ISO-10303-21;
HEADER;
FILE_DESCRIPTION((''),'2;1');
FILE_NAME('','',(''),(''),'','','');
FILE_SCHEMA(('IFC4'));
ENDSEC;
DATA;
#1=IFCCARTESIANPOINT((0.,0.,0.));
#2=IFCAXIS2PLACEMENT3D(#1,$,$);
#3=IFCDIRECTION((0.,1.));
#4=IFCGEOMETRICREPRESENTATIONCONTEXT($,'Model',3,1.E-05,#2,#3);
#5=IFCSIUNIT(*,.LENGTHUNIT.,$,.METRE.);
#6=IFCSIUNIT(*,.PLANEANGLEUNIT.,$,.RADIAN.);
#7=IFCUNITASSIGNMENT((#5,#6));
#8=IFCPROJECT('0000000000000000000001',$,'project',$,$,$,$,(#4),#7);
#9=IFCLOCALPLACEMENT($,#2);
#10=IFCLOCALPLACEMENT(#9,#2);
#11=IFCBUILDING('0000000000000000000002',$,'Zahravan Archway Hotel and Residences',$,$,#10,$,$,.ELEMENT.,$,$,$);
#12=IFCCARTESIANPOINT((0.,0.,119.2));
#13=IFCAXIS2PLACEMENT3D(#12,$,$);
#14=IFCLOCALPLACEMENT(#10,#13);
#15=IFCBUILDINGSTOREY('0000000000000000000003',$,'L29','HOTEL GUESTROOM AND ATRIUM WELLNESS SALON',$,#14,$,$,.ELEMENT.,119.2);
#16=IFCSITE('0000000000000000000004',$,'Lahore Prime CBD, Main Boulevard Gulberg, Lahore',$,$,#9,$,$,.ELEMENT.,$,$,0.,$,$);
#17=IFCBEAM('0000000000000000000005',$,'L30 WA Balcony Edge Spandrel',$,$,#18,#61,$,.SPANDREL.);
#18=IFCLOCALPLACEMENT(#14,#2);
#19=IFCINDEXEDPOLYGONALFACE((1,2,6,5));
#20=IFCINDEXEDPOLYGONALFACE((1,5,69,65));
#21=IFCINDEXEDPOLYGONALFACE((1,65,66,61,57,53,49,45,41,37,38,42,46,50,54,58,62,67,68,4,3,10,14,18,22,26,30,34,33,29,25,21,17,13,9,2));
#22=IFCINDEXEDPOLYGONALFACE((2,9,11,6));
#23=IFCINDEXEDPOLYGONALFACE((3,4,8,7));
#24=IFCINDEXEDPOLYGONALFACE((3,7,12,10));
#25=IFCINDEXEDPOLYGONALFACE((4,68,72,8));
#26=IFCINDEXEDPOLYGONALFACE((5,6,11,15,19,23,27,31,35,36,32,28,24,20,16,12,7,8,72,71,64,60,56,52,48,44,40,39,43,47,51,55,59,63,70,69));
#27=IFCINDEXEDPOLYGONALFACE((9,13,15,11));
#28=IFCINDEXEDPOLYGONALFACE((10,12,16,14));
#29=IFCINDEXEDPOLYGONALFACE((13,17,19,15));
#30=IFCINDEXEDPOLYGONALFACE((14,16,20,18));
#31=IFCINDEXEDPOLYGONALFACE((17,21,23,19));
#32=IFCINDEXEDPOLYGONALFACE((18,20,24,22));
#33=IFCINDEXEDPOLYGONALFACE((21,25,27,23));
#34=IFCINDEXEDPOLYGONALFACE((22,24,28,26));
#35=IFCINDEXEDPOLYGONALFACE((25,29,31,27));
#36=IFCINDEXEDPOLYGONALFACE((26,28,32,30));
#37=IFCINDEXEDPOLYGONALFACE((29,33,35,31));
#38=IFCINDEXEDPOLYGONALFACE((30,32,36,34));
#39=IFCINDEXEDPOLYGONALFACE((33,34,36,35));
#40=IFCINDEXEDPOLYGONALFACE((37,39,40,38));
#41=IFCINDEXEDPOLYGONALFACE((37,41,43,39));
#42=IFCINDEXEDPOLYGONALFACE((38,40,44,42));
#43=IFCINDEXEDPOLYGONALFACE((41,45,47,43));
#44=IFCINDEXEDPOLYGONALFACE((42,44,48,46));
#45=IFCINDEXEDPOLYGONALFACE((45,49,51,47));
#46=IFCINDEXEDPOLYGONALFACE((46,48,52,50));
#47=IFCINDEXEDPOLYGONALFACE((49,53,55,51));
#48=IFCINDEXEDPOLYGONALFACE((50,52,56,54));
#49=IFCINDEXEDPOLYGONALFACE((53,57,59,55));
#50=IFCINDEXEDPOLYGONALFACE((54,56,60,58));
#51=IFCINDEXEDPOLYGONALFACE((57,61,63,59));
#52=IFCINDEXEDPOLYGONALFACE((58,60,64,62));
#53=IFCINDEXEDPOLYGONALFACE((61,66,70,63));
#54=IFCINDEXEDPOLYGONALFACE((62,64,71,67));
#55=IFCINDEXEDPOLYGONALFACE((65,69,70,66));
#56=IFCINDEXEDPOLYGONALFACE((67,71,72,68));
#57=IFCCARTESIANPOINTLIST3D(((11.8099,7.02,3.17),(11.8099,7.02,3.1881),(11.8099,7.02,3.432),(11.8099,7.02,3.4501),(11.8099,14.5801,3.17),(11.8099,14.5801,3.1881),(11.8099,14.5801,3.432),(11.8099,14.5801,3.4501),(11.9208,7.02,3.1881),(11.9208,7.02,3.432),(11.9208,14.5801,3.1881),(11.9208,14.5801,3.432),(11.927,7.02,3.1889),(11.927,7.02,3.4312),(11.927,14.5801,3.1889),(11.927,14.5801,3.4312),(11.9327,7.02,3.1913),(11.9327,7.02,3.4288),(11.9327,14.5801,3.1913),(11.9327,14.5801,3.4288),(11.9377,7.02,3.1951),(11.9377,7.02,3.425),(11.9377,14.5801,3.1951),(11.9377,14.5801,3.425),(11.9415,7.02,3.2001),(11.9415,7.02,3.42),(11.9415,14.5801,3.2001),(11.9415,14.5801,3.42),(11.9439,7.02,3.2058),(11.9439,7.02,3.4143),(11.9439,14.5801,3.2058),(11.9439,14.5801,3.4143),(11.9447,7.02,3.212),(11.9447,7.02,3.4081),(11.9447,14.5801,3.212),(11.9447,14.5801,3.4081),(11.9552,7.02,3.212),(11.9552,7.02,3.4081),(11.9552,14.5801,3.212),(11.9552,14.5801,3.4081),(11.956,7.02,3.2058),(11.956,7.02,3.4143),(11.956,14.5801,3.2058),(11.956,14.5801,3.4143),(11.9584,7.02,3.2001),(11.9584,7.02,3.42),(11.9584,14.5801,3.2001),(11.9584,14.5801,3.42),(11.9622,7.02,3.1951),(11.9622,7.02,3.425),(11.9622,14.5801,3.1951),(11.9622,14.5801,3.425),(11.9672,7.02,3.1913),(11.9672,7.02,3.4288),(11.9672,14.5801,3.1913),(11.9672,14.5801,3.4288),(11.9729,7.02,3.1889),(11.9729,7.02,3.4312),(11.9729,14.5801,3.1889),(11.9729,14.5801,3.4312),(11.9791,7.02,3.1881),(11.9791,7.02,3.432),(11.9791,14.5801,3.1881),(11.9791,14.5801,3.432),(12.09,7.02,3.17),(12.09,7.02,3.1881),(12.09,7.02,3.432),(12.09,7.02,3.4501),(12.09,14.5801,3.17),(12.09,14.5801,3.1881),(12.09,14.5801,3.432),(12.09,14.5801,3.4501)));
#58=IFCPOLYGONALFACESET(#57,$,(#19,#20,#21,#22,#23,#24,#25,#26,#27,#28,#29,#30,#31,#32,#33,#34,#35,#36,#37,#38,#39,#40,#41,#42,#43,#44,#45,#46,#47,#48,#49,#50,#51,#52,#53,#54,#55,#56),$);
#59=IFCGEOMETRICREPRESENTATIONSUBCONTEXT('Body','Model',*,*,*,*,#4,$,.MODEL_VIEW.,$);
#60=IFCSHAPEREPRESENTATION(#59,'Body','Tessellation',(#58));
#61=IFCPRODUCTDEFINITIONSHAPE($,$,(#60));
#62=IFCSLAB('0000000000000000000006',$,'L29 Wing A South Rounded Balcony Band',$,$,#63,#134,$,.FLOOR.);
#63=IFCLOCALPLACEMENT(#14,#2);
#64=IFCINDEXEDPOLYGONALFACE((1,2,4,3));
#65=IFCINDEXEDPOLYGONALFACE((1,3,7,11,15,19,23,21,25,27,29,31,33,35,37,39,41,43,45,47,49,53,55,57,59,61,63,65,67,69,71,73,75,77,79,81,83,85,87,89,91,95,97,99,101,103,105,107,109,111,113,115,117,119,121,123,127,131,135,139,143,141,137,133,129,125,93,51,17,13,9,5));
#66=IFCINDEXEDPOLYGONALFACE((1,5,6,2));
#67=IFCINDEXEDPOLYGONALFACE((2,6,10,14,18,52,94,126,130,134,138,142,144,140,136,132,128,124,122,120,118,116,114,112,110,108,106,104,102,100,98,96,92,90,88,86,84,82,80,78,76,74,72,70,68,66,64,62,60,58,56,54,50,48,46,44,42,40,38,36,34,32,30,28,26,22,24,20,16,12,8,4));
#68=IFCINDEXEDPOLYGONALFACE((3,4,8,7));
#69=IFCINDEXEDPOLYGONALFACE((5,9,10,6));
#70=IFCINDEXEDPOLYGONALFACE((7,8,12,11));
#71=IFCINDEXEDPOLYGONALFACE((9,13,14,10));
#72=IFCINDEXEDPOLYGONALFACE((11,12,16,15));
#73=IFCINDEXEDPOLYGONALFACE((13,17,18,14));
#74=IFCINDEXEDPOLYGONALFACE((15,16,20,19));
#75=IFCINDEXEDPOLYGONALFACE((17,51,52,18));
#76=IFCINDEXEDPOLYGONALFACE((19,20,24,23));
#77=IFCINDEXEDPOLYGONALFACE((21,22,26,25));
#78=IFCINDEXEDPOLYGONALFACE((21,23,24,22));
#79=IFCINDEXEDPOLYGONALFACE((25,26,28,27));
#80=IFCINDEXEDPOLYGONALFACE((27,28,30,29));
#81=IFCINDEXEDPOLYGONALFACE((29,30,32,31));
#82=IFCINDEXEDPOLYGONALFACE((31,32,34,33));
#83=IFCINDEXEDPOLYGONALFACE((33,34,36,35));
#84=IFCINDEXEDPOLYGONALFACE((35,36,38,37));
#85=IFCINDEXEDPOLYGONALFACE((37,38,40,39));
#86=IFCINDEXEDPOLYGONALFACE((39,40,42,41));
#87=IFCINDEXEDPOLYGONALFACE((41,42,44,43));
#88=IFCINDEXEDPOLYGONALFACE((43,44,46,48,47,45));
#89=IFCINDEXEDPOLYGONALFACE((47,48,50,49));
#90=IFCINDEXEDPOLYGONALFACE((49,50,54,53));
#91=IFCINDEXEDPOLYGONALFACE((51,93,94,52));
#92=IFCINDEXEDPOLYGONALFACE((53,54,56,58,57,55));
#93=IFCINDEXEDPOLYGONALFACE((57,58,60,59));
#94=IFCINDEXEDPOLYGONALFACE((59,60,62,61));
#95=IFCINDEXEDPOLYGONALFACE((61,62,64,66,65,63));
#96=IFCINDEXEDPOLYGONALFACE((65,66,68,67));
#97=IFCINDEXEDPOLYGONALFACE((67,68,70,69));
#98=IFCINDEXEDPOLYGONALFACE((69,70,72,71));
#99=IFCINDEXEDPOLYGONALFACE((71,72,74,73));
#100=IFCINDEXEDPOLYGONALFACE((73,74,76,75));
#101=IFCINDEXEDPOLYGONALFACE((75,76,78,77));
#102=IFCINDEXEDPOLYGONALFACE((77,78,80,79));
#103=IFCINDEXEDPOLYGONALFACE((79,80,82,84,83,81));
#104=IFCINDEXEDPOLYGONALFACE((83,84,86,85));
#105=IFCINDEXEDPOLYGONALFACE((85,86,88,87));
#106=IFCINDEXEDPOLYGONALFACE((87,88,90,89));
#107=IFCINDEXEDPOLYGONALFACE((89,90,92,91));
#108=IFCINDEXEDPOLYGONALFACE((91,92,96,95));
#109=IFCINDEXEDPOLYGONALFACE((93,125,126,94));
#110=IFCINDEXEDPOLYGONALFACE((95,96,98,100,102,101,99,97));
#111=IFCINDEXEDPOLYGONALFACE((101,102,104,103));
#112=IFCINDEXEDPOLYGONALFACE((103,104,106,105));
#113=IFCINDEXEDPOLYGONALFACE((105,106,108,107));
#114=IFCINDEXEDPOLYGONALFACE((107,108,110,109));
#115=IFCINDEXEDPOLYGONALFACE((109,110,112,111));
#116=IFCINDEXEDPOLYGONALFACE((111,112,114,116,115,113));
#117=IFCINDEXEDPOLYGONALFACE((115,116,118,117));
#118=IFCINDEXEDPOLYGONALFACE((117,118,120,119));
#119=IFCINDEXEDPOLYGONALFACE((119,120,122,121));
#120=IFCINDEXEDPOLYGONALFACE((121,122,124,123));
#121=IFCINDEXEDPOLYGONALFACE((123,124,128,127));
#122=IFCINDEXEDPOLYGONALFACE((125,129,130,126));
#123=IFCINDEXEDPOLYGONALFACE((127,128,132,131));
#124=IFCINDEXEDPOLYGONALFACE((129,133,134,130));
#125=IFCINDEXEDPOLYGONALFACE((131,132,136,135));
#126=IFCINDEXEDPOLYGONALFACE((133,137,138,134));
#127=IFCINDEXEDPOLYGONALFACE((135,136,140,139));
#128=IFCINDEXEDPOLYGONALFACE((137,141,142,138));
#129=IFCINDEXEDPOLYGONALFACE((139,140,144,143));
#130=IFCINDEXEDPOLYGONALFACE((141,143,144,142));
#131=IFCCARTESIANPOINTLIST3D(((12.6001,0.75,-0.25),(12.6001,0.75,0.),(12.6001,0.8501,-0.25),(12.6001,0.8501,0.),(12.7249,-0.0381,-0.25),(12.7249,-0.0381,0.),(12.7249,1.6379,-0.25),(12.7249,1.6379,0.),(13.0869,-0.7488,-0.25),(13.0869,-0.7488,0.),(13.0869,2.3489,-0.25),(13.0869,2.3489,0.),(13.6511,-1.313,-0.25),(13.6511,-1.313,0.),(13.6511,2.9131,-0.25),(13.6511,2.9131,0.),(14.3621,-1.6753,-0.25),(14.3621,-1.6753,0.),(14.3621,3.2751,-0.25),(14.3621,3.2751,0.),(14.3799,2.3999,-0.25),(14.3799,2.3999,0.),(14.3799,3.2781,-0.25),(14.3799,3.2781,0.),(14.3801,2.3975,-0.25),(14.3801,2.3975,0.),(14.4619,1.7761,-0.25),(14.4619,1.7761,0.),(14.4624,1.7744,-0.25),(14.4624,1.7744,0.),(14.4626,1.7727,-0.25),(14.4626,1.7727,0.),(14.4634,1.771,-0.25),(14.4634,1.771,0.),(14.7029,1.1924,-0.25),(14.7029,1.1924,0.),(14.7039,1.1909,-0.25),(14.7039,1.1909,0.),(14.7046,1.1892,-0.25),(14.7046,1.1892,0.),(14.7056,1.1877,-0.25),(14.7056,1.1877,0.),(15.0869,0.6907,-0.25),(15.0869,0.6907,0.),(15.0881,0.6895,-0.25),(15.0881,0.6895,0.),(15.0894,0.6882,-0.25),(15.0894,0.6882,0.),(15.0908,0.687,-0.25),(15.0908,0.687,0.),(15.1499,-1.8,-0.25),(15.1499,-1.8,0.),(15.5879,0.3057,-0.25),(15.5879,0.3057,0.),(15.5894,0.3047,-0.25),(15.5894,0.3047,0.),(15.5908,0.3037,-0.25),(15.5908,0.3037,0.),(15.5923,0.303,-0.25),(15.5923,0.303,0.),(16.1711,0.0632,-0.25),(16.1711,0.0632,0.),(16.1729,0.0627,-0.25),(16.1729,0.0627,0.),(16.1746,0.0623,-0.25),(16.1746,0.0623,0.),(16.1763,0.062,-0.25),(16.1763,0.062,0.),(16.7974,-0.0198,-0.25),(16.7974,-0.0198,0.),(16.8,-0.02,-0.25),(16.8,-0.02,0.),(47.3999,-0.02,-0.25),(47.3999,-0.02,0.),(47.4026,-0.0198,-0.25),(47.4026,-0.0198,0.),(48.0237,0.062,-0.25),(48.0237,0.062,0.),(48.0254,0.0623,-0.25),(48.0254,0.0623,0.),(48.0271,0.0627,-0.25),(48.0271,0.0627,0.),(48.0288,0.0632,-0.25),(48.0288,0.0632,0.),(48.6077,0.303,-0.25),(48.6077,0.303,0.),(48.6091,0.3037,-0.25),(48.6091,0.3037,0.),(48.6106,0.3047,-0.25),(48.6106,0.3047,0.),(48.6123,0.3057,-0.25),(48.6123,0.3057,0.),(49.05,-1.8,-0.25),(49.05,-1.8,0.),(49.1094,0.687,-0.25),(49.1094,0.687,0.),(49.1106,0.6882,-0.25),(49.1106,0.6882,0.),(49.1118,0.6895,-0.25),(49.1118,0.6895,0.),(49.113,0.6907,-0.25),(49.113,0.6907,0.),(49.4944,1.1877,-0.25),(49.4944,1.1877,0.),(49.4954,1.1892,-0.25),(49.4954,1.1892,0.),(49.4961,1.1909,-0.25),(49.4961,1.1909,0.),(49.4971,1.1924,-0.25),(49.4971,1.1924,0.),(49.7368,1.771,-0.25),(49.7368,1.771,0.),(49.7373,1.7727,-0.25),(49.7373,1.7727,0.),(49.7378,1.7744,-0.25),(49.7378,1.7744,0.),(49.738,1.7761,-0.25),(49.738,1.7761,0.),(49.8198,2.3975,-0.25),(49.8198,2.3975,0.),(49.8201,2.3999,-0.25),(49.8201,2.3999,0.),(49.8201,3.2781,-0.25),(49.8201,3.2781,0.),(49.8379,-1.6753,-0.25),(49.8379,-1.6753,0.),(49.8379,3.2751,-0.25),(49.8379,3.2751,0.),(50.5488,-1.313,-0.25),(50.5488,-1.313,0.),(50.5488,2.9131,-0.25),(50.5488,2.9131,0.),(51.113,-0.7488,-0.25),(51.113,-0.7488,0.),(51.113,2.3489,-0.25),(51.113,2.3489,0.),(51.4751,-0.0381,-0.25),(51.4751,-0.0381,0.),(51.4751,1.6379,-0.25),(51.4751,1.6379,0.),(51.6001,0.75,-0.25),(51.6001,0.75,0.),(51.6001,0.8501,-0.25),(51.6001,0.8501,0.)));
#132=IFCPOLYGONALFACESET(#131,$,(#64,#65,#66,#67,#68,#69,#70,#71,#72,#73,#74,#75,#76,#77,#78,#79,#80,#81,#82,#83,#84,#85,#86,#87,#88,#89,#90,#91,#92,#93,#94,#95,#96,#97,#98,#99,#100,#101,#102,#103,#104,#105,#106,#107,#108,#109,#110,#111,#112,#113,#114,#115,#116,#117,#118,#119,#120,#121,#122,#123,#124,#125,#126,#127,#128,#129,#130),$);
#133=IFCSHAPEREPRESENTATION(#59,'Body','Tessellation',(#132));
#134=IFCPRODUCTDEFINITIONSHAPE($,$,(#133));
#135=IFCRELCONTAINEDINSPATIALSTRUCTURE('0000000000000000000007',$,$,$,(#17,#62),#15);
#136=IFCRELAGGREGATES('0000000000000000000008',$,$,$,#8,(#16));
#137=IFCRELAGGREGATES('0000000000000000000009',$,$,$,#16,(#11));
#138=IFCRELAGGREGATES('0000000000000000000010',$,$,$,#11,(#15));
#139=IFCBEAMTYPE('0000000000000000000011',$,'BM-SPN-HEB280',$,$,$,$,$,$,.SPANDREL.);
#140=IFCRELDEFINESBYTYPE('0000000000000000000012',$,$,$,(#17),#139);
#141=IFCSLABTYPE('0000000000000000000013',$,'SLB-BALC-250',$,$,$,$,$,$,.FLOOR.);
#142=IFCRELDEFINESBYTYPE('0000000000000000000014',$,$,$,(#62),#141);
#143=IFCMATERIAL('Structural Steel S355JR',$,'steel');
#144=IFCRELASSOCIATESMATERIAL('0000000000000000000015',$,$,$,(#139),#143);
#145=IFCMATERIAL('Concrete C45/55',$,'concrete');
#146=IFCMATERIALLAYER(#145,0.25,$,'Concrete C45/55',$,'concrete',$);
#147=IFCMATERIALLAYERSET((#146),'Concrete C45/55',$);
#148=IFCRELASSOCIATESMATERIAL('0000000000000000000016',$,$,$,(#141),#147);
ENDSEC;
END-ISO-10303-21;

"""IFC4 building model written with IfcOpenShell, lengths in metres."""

from ifc_helpers import new_model, si_unit, direction, frame, origin, origin_2d, place, context, subcontext, project, spatial, polyline, i_section, outline, extrude, source, transform, mapped, material, layer, layer_set, material_profile, profile_set, type_object, type_shapes, element, save


model = new_model("IFC4")

# Units and contexts
model_context = context("Model", 3, precision=1e-05, world=origin(), true_north=direction((0.0, 1.0)))
body_context = subcontext(model_context, "Body", "Model", "MODEL_VIEW")
ifc_project = project(units=[si_unit("LENGTHUNIT", "METRE"), si_unit("PLANEANGLEUNIT", "RADIAN")], contexts=[model_context])

# Site, building, storey
site_placement = place(None, origin())
site = spatial("IfcSite", under=ifc_project, at=site_placement, Name="Lahore Prime CBD, Main Boulevard Gulberg, Lahore", CompositionType="ELEMENT", RefElevation=0.0)
building_placement = place(site_placement, origin())
building = spatial("IfcBuilding", under=site, at=building_placement, Name="Zahravan Archway Hotel and Residences", CompositionType="ELEMENT")
storey_placement = place(building_placement, frame((0.0, 0.0, 119.2)))
storey = spatial("IfcBuildingStorey", under=building, at=storey_placement, Name="L29", Description="HOTEL GUESTROOM AND ATRIUM WELLNESS SALON", CompositionType="ELEMENT", Elevation=119.2)

# Beam
ifc_material_1 = material(Name="Structural Steel S355JR", Category="steel")
ifc_material_profile = material_profile(ifc_material_1, i_section(OverallWidth=0.28, OverallDepth=0.28, WebThickness=0.0105, FlangeThickness=0.0181, FilletRadius=0.0239, at=origin_2d()), Name="HEB 280", Category="steel")
ifc_profile_set = profile_set([ifc_material_profile], Name="Structural Steel S355JR")
beam_type = type_object("IfcBeamType", Name="BM-SPN-HEB280", PredefinedType="SPANDREL", material=ifc_profile_set)
shared_shape = source(origin(), body_context, "Body", "SweptSolid", [
    extrude(i_section(OverallWidth=0.28, OverallDepth=0.28, WebThickness=0.0105, FlangeThickness=0.0181, FilletRadius=0.0239, at=origin_2d()), origin(), (0.0, 0.0, 1.0), 7.5601),
])
type_shapes(beam_type, [shared_shape])
beam_placement = place(storey_placement, frame((11.95, 7.02, 3.3101), z_axis=(0.0, 1.0, 0.0), x_axis=(-1.0, 0.0, 0.0)))
element("IfcBeam", 1, at=beam_placement, inside=storey, type_object=beam_type, Name="L30 WA Balcony Edge Spandrel", PredefinedType="SPANDREL", context=body_context, shape_type="MappedRepresentation", body=[
    mapped(shared_shape, transform((0.0, 0.0, 0.0), scale=1.0)),
])

# Slab
ifc_material_2 = material(Name="Concrete C45/55", Category="concrete")
ifc_layer_1 = layer(ifc_material_2, 0.25, Name="Concrete C45/55", Category="concrete")
ifc_layer_set_1 = layer_set([ifc_layer_1], Name="Concrete C45/55")
slab_type_1 = type_object("IfcSlabType", Name="SLB-BALC-250", PredefinedType="FLOOR", material=ifc_layer_set_1)
slab_1_placement = place(storey_placement, frame((0.0, 0.0, -0.25)))
element("IfcSlab", 2, at=slab_1_placement, inside=storey, type_object=slab_type_1, Name="L29 Wing A South Rounded Balcony Band", PredefinedType="FLOOR", context=body_context, shape_type="SweptSolid", body=[
    extrude(outline(polyline([(49.8379, 3.2751), (50.5488, 2.9131), (51.113, 2.3489), (51.4751, 1.6379), (51.6001, 0.8501), (51.6001, 0.75), (51.4751, -0.0381), (51.113, -0.7488), (50.5488, -1.313), (49.8379, -1.6753), (49.05, -1.8), (15.1499, -1.8), (14.3621, -1.6753), (13.6511, -1.313), (13.0869, -0.7488), (12.7249, -0.0381), (12.6001, 0.75), (12.6001, 0.8501), (12.7249, 1.6379), (13.0869, 2.3489), (13.6511, 2.9131), (14.3621, 3.2751), (14.3799, 3.2781), (14.3799, 2.3999), (14.3801, 2.3975), (14.4619, 1.7761), (14.4624, 1.7744), (14.4626, 1.7727), (14.4634, 1.771), (14.7029, 1.1924), (14.7039, 1.1909), (14.7046, 1.1892), (14.7056, 1.1877), (15.0869, 0.6907), (15.0881, 0.6895), (15.0894, 0.6882), (15.0908, 0.687), (15.5879, 0.3057), (15.5894, 0.3047), (15.5908, 0.3037), (15.5923, 0.303), (16.1711, 0.0632), (16.1729, 0.0627), (16.1746, 0.0623), (16.1763, 0.062), (16.7974, -0.0198), (16.8, -0.02), (47.3999, -0.02), (47.4026, -0.0198), (48.0237, 0.062), (48.0254, 0.0623), (48.0271, 0.0627), (48.0288, 0.0632), (48.6077, 0.303), (48.6091, 0.3037), (48.6106, 0.3047), (48.6123, 0.3057), (49.1094, 0.687), (49.1106, 0.6882), (49.1118, 0.6895), (49.113, 0.6907), (49.4944, 1.1877), (49.4954, 1.1892), (49.4961, 1.1909), (49.4971, 1.1924), (49.7368, 1.771), (49.7373, 1.7727), (49.7378, 1.7744), (49.738, 1.7761), (49.8198, 2.3975), (49.8201, 2.3999), (49.8201, 3.2781), (49.8379, 3.2751)])), origin(), (0.0, 0.0, 1.0), 0.25),
])

save(model, "model.ifc")
